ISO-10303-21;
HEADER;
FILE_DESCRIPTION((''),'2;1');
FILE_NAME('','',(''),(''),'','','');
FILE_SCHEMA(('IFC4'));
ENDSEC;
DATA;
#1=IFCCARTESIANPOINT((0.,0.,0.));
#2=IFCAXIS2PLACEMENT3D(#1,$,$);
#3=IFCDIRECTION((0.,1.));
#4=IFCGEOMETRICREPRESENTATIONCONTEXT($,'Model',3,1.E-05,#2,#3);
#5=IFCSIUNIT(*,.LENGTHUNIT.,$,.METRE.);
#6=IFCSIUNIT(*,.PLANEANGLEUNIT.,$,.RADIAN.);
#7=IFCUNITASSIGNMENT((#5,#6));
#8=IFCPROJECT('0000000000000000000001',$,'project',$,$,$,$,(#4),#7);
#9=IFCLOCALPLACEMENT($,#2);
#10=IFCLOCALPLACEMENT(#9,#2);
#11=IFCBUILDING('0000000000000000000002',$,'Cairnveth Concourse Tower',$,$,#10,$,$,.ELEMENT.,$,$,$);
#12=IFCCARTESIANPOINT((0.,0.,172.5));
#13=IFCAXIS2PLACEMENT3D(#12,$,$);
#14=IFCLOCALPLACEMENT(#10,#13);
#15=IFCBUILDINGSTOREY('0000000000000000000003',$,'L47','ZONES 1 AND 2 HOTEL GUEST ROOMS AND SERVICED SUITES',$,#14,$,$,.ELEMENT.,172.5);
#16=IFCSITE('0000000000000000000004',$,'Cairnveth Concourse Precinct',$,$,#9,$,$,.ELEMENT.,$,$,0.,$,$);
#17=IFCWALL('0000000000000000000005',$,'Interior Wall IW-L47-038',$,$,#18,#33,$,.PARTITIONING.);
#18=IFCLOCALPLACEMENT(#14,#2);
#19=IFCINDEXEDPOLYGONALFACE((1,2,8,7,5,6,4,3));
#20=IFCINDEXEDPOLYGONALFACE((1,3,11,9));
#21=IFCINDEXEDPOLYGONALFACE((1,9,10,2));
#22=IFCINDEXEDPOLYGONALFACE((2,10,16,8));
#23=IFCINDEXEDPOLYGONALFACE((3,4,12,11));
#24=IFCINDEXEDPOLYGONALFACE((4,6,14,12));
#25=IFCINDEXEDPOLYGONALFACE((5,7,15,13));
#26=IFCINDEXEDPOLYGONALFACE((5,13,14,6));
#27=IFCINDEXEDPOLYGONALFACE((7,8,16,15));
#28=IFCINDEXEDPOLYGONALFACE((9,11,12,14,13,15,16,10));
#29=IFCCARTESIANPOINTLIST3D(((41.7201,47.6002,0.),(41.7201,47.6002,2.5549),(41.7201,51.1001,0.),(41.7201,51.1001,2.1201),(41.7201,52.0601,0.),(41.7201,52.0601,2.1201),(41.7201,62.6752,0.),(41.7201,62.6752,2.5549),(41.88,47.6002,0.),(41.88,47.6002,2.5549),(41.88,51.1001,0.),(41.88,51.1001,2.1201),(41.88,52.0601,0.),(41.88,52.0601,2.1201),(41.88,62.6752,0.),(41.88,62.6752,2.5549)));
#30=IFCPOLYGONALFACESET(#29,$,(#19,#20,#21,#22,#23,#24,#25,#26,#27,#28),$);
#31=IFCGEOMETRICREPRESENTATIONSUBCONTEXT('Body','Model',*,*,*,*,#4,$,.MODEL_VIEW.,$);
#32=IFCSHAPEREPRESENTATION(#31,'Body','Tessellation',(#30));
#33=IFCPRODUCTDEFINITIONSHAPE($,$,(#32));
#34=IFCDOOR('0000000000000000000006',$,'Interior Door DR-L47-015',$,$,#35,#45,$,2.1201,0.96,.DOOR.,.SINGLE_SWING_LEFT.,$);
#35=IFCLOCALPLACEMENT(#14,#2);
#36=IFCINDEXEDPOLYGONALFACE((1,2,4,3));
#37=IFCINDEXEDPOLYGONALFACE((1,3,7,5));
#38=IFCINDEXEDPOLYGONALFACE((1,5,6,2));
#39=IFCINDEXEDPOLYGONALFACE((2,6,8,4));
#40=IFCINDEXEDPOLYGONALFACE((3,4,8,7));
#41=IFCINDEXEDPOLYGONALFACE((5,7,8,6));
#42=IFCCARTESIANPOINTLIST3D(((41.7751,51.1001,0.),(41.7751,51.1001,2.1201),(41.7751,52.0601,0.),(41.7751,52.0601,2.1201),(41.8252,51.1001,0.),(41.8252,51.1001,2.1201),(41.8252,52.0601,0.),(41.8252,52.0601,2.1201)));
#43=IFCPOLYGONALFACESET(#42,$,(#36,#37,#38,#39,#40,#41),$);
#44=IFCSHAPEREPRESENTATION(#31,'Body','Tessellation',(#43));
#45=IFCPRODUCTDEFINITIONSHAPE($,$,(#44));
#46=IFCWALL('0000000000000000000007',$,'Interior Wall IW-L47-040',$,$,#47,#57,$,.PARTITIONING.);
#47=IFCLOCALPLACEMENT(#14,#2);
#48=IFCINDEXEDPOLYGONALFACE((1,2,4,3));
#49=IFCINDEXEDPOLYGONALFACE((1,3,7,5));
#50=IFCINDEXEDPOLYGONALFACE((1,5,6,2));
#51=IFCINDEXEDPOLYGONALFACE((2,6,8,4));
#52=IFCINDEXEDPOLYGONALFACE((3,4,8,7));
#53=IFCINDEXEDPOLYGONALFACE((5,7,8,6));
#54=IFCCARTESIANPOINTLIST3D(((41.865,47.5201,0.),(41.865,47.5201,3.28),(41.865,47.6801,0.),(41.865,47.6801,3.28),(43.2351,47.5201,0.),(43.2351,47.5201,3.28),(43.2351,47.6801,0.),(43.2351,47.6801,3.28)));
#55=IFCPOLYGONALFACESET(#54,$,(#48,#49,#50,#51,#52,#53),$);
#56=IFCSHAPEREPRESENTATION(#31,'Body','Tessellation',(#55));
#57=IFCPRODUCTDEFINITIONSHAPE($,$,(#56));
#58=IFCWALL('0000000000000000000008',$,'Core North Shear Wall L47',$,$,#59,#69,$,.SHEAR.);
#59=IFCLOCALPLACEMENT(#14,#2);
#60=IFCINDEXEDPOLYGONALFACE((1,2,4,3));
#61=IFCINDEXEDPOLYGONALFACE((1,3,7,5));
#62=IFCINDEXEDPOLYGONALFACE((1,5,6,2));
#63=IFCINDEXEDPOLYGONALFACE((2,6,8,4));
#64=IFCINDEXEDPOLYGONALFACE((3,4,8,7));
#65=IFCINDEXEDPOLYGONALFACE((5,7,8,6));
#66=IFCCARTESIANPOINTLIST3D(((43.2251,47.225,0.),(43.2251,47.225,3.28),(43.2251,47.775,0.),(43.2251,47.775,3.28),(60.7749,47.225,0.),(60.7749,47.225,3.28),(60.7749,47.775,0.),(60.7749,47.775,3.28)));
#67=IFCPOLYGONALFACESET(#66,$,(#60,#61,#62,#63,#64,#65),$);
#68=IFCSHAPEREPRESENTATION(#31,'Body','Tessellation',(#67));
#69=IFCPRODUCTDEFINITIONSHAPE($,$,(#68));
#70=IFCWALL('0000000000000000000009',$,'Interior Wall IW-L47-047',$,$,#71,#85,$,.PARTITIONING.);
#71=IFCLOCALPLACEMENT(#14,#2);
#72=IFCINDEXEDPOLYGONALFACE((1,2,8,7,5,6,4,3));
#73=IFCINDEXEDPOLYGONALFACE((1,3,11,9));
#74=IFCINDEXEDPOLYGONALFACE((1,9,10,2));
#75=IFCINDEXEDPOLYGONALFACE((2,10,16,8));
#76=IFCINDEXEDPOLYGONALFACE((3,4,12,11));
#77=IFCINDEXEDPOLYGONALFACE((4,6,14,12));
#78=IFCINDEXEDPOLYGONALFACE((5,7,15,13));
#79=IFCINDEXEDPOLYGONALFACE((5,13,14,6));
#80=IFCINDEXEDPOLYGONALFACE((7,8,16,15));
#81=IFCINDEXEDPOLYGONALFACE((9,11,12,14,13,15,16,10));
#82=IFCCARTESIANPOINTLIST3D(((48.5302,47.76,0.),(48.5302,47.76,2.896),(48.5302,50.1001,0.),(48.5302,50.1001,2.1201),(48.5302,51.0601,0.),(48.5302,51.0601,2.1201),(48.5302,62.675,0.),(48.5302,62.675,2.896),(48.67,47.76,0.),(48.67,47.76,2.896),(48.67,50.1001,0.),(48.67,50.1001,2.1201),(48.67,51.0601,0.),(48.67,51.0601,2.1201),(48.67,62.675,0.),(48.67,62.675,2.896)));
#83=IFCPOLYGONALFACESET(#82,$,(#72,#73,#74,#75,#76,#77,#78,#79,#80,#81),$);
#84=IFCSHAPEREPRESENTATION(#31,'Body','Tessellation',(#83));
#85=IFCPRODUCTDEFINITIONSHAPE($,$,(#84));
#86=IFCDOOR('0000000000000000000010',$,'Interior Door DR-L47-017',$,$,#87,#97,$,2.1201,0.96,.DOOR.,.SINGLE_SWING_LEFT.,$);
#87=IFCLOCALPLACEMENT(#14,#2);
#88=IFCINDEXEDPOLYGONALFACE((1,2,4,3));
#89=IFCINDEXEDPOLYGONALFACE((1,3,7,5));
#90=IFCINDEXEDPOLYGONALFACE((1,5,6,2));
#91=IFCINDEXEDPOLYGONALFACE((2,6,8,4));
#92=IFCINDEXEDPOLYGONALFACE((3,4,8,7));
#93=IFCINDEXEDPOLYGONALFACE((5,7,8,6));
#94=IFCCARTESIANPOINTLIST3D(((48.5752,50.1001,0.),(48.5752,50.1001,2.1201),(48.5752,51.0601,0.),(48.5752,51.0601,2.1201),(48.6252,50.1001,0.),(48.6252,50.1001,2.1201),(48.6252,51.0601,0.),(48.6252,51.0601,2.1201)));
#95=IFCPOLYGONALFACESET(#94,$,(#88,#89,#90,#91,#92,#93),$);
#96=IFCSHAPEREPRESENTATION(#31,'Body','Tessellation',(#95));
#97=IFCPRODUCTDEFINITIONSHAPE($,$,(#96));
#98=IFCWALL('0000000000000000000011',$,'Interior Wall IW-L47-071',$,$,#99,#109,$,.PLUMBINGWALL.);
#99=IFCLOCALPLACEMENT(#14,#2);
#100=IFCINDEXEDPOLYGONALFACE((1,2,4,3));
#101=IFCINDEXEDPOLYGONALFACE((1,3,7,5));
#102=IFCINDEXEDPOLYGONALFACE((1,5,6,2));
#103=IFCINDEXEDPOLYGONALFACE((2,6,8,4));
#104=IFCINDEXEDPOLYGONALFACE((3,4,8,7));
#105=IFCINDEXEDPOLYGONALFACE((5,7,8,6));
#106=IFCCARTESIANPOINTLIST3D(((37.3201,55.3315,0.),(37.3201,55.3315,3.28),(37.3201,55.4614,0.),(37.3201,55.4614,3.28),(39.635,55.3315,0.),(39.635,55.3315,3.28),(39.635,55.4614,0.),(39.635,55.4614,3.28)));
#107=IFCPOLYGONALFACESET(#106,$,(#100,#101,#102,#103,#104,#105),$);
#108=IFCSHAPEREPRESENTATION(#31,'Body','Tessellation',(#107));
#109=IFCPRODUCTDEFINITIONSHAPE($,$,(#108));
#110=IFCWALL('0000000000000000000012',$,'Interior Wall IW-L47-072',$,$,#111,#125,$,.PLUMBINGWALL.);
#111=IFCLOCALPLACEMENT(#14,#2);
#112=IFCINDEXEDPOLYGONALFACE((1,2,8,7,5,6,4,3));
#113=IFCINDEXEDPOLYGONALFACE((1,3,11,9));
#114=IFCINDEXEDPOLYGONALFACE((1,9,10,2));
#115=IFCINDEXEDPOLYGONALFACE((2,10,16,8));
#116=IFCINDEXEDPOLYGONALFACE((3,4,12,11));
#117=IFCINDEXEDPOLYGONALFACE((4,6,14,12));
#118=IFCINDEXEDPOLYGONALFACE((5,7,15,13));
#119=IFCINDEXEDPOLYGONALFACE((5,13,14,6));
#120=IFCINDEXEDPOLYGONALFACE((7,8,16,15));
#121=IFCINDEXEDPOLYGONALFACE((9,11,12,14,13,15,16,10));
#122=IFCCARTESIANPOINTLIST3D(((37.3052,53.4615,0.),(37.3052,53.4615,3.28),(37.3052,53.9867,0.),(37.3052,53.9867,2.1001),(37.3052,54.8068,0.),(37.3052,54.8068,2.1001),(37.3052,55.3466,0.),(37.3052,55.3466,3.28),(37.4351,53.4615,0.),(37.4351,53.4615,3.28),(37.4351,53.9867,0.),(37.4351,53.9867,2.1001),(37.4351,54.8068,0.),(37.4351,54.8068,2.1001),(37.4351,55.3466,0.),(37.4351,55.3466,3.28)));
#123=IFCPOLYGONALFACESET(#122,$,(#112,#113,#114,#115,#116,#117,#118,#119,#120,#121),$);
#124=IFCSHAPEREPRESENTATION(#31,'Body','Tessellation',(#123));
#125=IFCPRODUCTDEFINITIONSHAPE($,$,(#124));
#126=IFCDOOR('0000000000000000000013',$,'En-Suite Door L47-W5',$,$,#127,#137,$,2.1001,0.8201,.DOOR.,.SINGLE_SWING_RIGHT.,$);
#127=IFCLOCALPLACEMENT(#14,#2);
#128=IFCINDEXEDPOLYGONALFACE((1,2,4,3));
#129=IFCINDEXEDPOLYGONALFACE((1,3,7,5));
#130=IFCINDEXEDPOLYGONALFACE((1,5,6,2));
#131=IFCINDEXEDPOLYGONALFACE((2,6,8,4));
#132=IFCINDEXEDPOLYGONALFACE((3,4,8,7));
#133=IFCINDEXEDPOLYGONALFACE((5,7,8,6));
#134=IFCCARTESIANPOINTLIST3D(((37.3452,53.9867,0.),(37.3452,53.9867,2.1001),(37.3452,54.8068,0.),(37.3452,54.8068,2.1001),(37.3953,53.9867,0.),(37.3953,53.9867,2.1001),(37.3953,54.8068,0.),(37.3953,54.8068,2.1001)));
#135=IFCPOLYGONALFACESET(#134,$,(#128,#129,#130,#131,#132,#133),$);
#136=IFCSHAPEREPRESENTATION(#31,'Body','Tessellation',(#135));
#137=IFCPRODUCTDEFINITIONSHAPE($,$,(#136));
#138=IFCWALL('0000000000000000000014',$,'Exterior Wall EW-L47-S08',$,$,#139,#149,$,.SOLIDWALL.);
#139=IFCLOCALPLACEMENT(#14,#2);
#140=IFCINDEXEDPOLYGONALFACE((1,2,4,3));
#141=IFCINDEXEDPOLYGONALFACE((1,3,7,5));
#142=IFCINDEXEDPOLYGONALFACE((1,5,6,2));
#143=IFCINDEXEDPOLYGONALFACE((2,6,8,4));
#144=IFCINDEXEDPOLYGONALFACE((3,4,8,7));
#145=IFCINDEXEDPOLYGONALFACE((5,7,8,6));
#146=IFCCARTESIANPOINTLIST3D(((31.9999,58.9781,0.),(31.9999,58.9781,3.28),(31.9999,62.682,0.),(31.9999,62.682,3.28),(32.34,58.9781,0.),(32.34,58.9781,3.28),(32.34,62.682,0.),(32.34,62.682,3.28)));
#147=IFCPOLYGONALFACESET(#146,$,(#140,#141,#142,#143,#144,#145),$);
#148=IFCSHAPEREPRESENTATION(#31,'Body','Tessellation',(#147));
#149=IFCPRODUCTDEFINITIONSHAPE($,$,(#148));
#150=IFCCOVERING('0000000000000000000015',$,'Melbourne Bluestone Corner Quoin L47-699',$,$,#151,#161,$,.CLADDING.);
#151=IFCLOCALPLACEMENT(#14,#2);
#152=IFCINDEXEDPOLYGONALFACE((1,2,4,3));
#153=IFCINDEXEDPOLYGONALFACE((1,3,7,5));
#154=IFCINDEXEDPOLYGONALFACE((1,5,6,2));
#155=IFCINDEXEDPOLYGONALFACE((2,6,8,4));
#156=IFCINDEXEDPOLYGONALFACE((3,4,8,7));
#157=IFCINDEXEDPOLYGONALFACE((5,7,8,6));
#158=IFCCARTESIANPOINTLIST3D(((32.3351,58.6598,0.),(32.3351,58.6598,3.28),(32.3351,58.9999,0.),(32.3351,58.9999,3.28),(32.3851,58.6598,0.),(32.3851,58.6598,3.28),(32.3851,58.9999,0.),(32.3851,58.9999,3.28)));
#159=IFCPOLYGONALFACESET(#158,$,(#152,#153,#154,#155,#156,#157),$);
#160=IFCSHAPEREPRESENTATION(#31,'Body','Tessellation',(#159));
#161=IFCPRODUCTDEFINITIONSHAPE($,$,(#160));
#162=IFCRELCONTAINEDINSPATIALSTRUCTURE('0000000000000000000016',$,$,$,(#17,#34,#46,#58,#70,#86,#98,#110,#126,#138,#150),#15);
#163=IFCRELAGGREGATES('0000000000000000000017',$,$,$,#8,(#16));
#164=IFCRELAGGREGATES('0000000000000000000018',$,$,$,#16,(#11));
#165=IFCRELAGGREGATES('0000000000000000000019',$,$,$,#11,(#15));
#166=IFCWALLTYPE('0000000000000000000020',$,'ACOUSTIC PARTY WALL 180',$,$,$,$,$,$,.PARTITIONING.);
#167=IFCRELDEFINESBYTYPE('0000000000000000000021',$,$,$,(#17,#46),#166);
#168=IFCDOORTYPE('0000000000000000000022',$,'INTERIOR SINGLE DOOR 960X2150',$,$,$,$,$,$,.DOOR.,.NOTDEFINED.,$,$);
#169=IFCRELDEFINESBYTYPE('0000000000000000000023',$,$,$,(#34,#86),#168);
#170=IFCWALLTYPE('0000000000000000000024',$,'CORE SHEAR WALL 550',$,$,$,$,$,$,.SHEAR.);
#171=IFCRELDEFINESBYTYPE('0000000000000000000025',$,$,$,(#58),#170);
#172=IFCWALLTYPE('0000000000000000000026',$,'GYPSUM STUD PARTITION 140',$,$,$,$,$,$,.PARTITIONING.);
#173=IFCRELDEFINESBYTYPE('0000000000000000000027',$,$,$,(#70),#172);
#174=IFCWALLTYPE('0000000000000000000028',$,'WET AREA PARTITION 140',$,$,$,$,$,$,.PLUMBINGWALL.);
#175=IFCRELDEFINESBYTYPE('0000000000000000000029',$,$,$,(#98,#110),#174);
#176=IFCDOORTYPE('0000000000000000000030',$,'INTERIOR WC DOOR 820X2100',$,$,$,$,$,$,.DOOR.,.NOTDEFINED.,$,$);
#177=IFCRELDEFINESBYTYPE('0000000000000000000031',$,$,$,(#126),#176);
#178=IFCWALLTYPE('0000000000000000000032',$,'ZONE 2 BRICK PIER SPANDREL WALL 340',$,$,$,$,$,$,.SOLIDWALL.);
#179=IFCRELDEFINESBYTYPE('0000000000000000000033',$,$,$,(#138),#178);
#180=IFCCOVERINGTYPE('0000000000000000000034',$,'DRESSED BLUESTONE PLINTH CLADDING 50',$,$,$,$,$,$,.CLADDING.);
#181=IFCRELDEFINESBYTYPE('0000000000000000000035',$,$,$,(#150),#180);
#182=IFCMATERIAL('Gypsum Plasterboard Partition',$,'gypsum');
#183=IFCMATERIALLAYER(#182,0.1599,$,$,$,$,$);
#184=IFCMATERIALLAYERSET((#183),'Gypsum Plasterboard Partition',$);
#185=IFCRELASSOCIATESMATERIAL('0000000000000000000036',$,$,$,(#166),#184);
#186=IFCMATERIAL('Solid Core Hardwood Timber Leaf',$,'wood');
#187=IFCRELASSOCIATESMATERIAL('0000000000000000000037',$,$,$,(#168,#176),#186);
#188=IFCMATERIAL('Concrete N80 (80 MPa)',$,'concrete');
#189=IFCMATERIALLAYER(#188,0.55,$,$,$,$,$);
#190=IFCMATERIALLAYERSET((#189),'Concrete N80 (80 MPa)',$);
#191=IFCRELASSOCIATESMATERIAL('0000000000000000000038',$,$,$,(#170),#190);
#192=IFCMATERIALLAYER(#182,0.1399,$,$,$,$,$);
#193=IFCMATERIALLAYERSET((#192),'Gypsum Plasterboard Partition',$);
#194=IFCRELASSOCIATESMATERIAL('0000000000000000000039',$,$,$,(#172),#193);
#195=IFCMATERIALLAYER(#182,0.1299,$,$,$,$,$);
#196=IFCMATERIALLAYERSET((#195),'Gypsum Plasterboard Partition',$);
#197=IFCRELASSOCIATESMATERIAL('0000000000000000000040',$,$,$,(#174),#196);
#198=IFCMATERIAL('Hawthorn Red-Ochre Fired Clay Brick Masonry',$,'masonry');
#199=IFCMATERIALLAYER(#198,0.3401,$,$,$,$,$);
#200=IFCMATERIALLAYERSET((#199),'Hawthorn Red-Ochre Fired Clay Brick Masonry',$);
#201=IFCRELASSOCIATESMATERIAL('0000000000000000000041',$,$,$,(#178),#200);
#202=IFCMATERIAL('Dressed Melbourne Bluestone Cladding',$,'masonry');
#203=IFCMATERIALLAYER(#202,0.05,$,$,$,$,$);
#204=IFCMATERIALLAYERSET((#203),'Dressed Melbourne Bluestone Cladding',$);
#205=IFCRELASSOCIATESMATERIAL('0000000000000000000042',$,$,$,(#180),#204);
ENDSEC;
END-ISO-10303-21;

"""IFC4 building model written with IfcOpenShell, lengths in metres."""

from ifc_helpers import new_model, si_unit, direction, frame, frame_2d, origin, place, context, subcontext, project, spatial, rectangle, extrude, material, layer, layer_set, type_object, element, fill, save


model = new_model("IFC4")

# Units and contexts
model_context = context("Model", 3, precision=1e-05, world=origin(), true_north=direction((0.0, 1.0)))
body_context = subcontext(model_context, "Body", "Model", "MODEL_VIEW")
ifc_project = project(units=[si_unit("LENGTHUNIT", "METRE"), si_unit("PLANEANGLEUNIT", "RADIAN")], contexts=[model_context])

# Site, building, storey
site_placement = place(None, origin())
site = spatial("IfcSite", under=ifc_project, at=site_placement, Name="Cairnveth Concourse Precinct", CompositionType="ELEMENT", RefElevation=0.0)
building_placement = place(site_placement, origin())
building = spatial("IfcBuilding", under=site, at=building_placement, Name="Cairnveth Concourse Tower", CompositionType="ELEMENT")
storey_placement = place(building_placement, frame((0.0, 0.0, 172.5)))
storey = spatial("IfcBuildingStorey", under=building, at=storey_placement, Name="L47", Description="ZONES 1 AND 2 HOTEL GUEST ROOMS AND SERVICED SUITES", CompositionType="ELEMENT", Elevation=172.5)

# Wall, opening, door
ifc_material_1 = material(Name="Gypsum Plasterboard Partition", Category="gypsum")
ifc_layer_1 = layer(ifc_material_1, 0.1599)
ifc_layer_set_1 = layer_set([ifc_layer_1], Name="Gypsum Plasterboard Partition")
wall_type_1 = type_object("IfcWallType", Name="ACOUSTIC PARTY WALL 180", PredefinedType="PARTITIONING", material=ifc_layer_set_1)
wall_1_placement = place(storey_placement, frame((41.8, 47.6001, 0.0), z_axis=(0.0, 0.0, 1.0), x_axis=(0.0, 1.0, 0.0)))
wall_1 = element("IfcWall", 1, at=wall_1_placement, inside=storey, type_object=wall_type_1, Name="Interior Wall IW-L47-038", PredefinedType="PARTITIONING", context=body_context, shape_type="SweptSolid", body=[
    extrude(rectangle(XDim=15.075, YDim=0.1599, at=frame_2d((7.5376, 0.0))), origin(), (0.0, 0.0, 1.0), 2.5549),
])
opening_1_placement = place(wall_1_placement, frame((3.5, 0.0, 0.0)))
opening_1 = element("IfcOpeningElement", 2, at=opening_1_placement, cuts=wall_1, PredefinedType="OPENING", context=body_context, shape_type="SweptSolid", body=[
    extrude(rectangle(XDim=0.96, YDim=2.1201, at=frame_2d((0.48, 1.0601))), frame((0.0, 0.0898, 0.0), z_axis=(0.0, -1.0, 0.0), x_axis=(1.0, 0.0, 0.0)), (0.0, 0.0, 1.0), 0.1799),
])
ifc_material_2 = material(Name="Solid Core Hardwood Timber Leaf", Category="wood")
door_type_1 = type_object("IfcDoorType", Name="INTERIOR SINGLE DOOR 960X2150", OperationType="NOTDEFINED", PredefinedType="DOOR", material=ifc_material_2)
door_1_placement = place(opening_1_placement, origin())
door_1 = element("IfcDoor", 3, at=door_1_placement, inside=storey, type_object=door_type_1, Name="Interior Door DR-L47-015", OperationType="SINGLE_SWING_LEFT", OverallHeight=2.1201, OverallWidth=0.96, PredefinedType="DOOR", context=body_context, shape_type="SweptSolid", body=[
    extrude(rectangle(XDim=0.96, YDim=2.1201, at=frame_2d((0.48, 1.0601))), frame((0.0, 0.0249, 0.0), z_axis=(0.0, -1.0, 0.0), x_axis=(1.0, 0.0, 0.0)), (0.0, 0.0, 1.0), 0.05),
])
fill(opening_1, door_1)

# Walls
wall_2_placement = place(storey_placement, frame((41.865, 47.6001, 0.0), z_axis=(0.0, 0.0, 1.0), x_axis=(1.0, 0.0, 0.0)))
element("IfcWall", 4, at=wall_2_placement, inside=storey, type_object=wall_type_1, Name="Interior Wall IW-L47-040", PredefinedType="PARTITIONING", context=body_context, shape_type="SweptSolid", body=[
    extrude(rectangle(XDim=1.3701, YDim=0.1599, at=frame_2d((0.6851, 0.0))), origin(), (0.0, 0.0, 1.0), 3.28),
])
ifc_material_3 = material(Name="Concrete N80 (80 MPa)", Category="concrete")
ifc_layer_2 = layer(ifc_material_3, 0.55)
ifc_layer_set_2 = layer_set([ifc_layer_2], Name="Concrete N80 (80 MPa)")
wall_type_2 = type_object("IfcWallType", Name="CORE SHEAR WALL 550", PredefinedType="SHEAR", material=ifc_layer_set_2)
wall_3_placement = place(storey_placement, frame((43.2251, 47.5, 0.0), z_axis=(0.0, 0.0, 1.0), x_axis=(1.0, 0.0, 0.0)))
element("IfcWall", 5, at=wall_3_placement, inside=storey, type_object=wall_type_2, Name="Core North Shear Wall L47", PredefinedType="SHEAR", context=body_context, shape_type="SweptSolid", body=[
    extrude(rectangle(XDim=17.5498, YDim=0.55, at=frame_2d((8.7749, 0.0))), origin(), (0.0, 0.0, 1.0), 3.28),
])

# Wall, opening, door
ifc_layer_3 = layer(ifc_material_1, 0.1399)
ifc_layer_set_3 = layer_set([ifc_layer_3], Name="Gypsum Plasterboard Partition")
wall_type_3 = type_object("IfcWallType", Name="GYPSUM STUD PARTITION 140", PredefinedType="PARTITIONING", material=ifc_layer_set_3)
wall_4_placement = place(storey_placement, frame((48.6001, 47.76, 0.0), z_axis=(0.0, 0.0, 1.0), x_axis=(0.0, 1.0, 0.0)))
wall_4 = element("IfcWall", 6, at=wall_4_placement, inside=storey, type_object=wall_type_3, Name="Interior Wall IW-L47-047", PredefinedType="PARTITIONING", context=body_context, shape_type="SweptSolid", body=[
    extrude(rectangle(XDim=14.915, YDim=0.1399, at=frame_2d((7.4575, 0.0))), origin(), (0.0, 0.0, 1.0), 2.896),
])
opening_2_placement = place(wall_4_placement, frame((2.3401, 0.0, 0.0)))
opening_2 = element("IfcOpeningElement", 7, at=opening_2_placement, cuts=wall_4, PredefinedType="OPENING", context=body_context, shape_type="SweptSolid", body=[
    extrude(rectangle(XDim=0.96, YDim=2.1201, at=frame_2d((0.48, 1.0601))), frame((0.0, 0.0798, 0.0), z_axis=(0.0, -1.0, 0.0), x_axis=(1.0, 0.0, 0.0)), (0.0, 0.0, 1.0), 0.1599),
])
door_2_placement = place(opening_2_placement, origin())
door_2 = element("IfcDoor", 8, at=door_2_placement, inside=storey, type_object=door_type_1, Name="Interior Door DR-L47-017", OperationType="SINGLE_SWING_LEFT", OverallHeight=2.1201, OverallWidth=0.96, PredefinedType="DOOR", context=body_context, shape_type="SweptSolid", body=[
    extrude(rectangle(XDim=0.96, YDim=2.1201, at=frame_2d((0.48, 1.0601))), frame((0.0, 0.0249, 0.0), z_axis=(0.0, -1.0, 0.0), x_axis=(1.0, 0.0, 0.0)), (0.0, 0.0, 1.0), 0.05),
])
fill(opening_2, door_2)

# Wall
ifc_layer_4 = layer(ifc_material_1, 0.1299)
ifc_layer_set_4 = layer_set([ifc_layer_4], Name="Gypsum Plasterboard Partition")
wall_type_4 = type_object("IfcWallType", Name="WET AREA PARTITION 140", PredefinedType="PLUMBINGWALL", material=ifc_layer_set_4)
wall_5_placement = place(storey_placement, frame((37.3201, 55.3965, 0.0), z_axis=(0.0, 0.0, 1.0), x_axis=(1.0, 0.0, 0.0)))
element("IfcWall", 9, at=wall_5_placement, inside=storey, type_object=wall_type_4, Name="Interior Wall IW-L47-071", PredefinedType="PLUMBINGWALL", context=body_context, shape_type="SweptSolid", body=[
    extrude(rectangle(XDim=2.3149, YDim=0.1299, at=frame_2d((1.1575, 0.0))), origin(), (0.0, 0.0, 1.0), 3.28),
])

# Wall, opening, door
wall_6_placement = place(storey_placement, frame((37.3701, 53.4617, 0.0), z_axis=(0.0, 0.0, 1.0), x_axis=(0.0, 1.0, 0.0)))
wall_6 = element("IfcWall", 10, at=wall_6_placement, inside=storey, type_object=wall_type_4, Name="Interior Wall IW-L47-072", PredefinedType="PLUMBINGWALL", context=body_context, shape_type="SweptSolid", body=[
    extrude(rectangle(XDim=1.885, YDim=0.1299, at=frame_2d((0.9424, 0.0))), origin(), (0.0, 0.0, 1.0), 3.28),
])
opening_3_placement = place(wall_6_placement, frame((0.5249, 0.0, 0.0)))
opening_3 = element("IfcOpeningElement", 11, at=opening_3_placement, cuts=wall_6, PredefinedType="OPENING", context=body_context, shape_type="SweptSolid", body=[
    extrude(rectangle(XDim=0.8201, YDim=2.1001, at=frame_2d((0.4102, 1.05))), frame((0.0, 0.075, 0.0), z_axis=(0.0, -1.0, 0.0), x_axis=(1.0, 0.0, 0.0)), (0.0, 0.0, 1.0), 0.1499),
])
door_type_2 = type_object("IfcDoorType", Name="INTERIOR WC DOOR 820X2100", OperationType="NOTDEFINED", PredefinedType="DOOR", material=ifc_material_2)
door_3_placement = place(opening_3_placement, origin())
door_3 = element("IfcDoor", 12, at=door_3_placement, inside=storey, type_object=door_type_2, Name="En-Suite Door L47-W5", OperationType="SINGLE_SWING_RIGHT", OverallHeight=2.1001, OverallWidth=0.8201, PredefinedType="DOOR", context=body_context, shape_type="SweptSolid", body=[
    extrude(rectangle(XDim=0.8201, YDim=2.1001, at=frame_2d((0.4102, 1.05))), frame((0.0, 0.0249, 0.0), z_axis=(0.0, -1.0, 0.0), x_axis=(1.0, 0.0, 0.0)), (0.0, 0.0, 1.0), 0.05),
])
fill(opening_3, door_3)

# Wall
ifc_material_4 = material(Name="Hawthorn Red-Ochre Fired Clay Brick Masonry", Category="masonry")
ifc_layer_5 = layer(ifc_material_4, 0.3401)
ifc_layer_set_5 = layer_set([ifc_layer_5], Name="Hawthorn Red-Ochre Fired Clay Brick Masonry")
wall_type_5 = type_object("IfcWallType", Name="ZONE 2 BRICK PIER SPANDREL WALL 340", PredefinedType="SOLIDWALL", material=ifc_layer_set_5)
wall_7_placement = place(storey_placement, frame((32.1699, 58.978, 0.0), z_axis=(0.0, 0.0, 1.0), x_axis=(0.0, 1.0, 0.0)))
element("IfcWall", 13, at=wall_7_placement, inside=storey, type_object=wall_type_5, Name="Exterior Wall EW-L47-S08", PredefinedType="SOLIDWALL", context=body_context, shape_type="SweptSolid", body=[
    extrude(rectangle(XDim=3.7039, YDim=0.3401, at=frame_2d((1.8521, 0.0))), origin(), (0.0, 0.0, 1.0), 3.28),
])

# Covering
ifc_material_5 = material(Name="Dressed Melbourne Bluestone Cladding", Category="masonry")
ifc_layer_6 = layer(ifc_material_5, 0.05)
ifc_layer_set_6 = layer_set([ifc_layer_6], Name="Dressed Melbourne Bluestone Cladding")
covering_type = type_object("IfcCoveringType", Name="DRESSED BLUESTONE PLINTH CLADDING 50", PredefinedType="CLADDING", material=ifc_layer_set_6)
covering_placement = place(storey_placement, frame((32.3601, 58.6599, 0.0), z_axis=(0.0, 0.0, 1.0), x_axis=(0.0, 1.0, 0.0)))
element("IfcCovering", 14, at=covering_placement, inside=storey, type_object=covering_type, Name="Melbourne Bluestone Corner Quoin L47-699", PredefinedType="CLADDING", context=body_context, shape_type="SweptSolid", body=[
    extrude(rectangle(XDim=0.3401, YDim=0.05, at=frame_2d((0.1699, 0.0))), origin(), (0.0, 0.0, 1.0), 3.28),
])

save(model, "model.ifc")
